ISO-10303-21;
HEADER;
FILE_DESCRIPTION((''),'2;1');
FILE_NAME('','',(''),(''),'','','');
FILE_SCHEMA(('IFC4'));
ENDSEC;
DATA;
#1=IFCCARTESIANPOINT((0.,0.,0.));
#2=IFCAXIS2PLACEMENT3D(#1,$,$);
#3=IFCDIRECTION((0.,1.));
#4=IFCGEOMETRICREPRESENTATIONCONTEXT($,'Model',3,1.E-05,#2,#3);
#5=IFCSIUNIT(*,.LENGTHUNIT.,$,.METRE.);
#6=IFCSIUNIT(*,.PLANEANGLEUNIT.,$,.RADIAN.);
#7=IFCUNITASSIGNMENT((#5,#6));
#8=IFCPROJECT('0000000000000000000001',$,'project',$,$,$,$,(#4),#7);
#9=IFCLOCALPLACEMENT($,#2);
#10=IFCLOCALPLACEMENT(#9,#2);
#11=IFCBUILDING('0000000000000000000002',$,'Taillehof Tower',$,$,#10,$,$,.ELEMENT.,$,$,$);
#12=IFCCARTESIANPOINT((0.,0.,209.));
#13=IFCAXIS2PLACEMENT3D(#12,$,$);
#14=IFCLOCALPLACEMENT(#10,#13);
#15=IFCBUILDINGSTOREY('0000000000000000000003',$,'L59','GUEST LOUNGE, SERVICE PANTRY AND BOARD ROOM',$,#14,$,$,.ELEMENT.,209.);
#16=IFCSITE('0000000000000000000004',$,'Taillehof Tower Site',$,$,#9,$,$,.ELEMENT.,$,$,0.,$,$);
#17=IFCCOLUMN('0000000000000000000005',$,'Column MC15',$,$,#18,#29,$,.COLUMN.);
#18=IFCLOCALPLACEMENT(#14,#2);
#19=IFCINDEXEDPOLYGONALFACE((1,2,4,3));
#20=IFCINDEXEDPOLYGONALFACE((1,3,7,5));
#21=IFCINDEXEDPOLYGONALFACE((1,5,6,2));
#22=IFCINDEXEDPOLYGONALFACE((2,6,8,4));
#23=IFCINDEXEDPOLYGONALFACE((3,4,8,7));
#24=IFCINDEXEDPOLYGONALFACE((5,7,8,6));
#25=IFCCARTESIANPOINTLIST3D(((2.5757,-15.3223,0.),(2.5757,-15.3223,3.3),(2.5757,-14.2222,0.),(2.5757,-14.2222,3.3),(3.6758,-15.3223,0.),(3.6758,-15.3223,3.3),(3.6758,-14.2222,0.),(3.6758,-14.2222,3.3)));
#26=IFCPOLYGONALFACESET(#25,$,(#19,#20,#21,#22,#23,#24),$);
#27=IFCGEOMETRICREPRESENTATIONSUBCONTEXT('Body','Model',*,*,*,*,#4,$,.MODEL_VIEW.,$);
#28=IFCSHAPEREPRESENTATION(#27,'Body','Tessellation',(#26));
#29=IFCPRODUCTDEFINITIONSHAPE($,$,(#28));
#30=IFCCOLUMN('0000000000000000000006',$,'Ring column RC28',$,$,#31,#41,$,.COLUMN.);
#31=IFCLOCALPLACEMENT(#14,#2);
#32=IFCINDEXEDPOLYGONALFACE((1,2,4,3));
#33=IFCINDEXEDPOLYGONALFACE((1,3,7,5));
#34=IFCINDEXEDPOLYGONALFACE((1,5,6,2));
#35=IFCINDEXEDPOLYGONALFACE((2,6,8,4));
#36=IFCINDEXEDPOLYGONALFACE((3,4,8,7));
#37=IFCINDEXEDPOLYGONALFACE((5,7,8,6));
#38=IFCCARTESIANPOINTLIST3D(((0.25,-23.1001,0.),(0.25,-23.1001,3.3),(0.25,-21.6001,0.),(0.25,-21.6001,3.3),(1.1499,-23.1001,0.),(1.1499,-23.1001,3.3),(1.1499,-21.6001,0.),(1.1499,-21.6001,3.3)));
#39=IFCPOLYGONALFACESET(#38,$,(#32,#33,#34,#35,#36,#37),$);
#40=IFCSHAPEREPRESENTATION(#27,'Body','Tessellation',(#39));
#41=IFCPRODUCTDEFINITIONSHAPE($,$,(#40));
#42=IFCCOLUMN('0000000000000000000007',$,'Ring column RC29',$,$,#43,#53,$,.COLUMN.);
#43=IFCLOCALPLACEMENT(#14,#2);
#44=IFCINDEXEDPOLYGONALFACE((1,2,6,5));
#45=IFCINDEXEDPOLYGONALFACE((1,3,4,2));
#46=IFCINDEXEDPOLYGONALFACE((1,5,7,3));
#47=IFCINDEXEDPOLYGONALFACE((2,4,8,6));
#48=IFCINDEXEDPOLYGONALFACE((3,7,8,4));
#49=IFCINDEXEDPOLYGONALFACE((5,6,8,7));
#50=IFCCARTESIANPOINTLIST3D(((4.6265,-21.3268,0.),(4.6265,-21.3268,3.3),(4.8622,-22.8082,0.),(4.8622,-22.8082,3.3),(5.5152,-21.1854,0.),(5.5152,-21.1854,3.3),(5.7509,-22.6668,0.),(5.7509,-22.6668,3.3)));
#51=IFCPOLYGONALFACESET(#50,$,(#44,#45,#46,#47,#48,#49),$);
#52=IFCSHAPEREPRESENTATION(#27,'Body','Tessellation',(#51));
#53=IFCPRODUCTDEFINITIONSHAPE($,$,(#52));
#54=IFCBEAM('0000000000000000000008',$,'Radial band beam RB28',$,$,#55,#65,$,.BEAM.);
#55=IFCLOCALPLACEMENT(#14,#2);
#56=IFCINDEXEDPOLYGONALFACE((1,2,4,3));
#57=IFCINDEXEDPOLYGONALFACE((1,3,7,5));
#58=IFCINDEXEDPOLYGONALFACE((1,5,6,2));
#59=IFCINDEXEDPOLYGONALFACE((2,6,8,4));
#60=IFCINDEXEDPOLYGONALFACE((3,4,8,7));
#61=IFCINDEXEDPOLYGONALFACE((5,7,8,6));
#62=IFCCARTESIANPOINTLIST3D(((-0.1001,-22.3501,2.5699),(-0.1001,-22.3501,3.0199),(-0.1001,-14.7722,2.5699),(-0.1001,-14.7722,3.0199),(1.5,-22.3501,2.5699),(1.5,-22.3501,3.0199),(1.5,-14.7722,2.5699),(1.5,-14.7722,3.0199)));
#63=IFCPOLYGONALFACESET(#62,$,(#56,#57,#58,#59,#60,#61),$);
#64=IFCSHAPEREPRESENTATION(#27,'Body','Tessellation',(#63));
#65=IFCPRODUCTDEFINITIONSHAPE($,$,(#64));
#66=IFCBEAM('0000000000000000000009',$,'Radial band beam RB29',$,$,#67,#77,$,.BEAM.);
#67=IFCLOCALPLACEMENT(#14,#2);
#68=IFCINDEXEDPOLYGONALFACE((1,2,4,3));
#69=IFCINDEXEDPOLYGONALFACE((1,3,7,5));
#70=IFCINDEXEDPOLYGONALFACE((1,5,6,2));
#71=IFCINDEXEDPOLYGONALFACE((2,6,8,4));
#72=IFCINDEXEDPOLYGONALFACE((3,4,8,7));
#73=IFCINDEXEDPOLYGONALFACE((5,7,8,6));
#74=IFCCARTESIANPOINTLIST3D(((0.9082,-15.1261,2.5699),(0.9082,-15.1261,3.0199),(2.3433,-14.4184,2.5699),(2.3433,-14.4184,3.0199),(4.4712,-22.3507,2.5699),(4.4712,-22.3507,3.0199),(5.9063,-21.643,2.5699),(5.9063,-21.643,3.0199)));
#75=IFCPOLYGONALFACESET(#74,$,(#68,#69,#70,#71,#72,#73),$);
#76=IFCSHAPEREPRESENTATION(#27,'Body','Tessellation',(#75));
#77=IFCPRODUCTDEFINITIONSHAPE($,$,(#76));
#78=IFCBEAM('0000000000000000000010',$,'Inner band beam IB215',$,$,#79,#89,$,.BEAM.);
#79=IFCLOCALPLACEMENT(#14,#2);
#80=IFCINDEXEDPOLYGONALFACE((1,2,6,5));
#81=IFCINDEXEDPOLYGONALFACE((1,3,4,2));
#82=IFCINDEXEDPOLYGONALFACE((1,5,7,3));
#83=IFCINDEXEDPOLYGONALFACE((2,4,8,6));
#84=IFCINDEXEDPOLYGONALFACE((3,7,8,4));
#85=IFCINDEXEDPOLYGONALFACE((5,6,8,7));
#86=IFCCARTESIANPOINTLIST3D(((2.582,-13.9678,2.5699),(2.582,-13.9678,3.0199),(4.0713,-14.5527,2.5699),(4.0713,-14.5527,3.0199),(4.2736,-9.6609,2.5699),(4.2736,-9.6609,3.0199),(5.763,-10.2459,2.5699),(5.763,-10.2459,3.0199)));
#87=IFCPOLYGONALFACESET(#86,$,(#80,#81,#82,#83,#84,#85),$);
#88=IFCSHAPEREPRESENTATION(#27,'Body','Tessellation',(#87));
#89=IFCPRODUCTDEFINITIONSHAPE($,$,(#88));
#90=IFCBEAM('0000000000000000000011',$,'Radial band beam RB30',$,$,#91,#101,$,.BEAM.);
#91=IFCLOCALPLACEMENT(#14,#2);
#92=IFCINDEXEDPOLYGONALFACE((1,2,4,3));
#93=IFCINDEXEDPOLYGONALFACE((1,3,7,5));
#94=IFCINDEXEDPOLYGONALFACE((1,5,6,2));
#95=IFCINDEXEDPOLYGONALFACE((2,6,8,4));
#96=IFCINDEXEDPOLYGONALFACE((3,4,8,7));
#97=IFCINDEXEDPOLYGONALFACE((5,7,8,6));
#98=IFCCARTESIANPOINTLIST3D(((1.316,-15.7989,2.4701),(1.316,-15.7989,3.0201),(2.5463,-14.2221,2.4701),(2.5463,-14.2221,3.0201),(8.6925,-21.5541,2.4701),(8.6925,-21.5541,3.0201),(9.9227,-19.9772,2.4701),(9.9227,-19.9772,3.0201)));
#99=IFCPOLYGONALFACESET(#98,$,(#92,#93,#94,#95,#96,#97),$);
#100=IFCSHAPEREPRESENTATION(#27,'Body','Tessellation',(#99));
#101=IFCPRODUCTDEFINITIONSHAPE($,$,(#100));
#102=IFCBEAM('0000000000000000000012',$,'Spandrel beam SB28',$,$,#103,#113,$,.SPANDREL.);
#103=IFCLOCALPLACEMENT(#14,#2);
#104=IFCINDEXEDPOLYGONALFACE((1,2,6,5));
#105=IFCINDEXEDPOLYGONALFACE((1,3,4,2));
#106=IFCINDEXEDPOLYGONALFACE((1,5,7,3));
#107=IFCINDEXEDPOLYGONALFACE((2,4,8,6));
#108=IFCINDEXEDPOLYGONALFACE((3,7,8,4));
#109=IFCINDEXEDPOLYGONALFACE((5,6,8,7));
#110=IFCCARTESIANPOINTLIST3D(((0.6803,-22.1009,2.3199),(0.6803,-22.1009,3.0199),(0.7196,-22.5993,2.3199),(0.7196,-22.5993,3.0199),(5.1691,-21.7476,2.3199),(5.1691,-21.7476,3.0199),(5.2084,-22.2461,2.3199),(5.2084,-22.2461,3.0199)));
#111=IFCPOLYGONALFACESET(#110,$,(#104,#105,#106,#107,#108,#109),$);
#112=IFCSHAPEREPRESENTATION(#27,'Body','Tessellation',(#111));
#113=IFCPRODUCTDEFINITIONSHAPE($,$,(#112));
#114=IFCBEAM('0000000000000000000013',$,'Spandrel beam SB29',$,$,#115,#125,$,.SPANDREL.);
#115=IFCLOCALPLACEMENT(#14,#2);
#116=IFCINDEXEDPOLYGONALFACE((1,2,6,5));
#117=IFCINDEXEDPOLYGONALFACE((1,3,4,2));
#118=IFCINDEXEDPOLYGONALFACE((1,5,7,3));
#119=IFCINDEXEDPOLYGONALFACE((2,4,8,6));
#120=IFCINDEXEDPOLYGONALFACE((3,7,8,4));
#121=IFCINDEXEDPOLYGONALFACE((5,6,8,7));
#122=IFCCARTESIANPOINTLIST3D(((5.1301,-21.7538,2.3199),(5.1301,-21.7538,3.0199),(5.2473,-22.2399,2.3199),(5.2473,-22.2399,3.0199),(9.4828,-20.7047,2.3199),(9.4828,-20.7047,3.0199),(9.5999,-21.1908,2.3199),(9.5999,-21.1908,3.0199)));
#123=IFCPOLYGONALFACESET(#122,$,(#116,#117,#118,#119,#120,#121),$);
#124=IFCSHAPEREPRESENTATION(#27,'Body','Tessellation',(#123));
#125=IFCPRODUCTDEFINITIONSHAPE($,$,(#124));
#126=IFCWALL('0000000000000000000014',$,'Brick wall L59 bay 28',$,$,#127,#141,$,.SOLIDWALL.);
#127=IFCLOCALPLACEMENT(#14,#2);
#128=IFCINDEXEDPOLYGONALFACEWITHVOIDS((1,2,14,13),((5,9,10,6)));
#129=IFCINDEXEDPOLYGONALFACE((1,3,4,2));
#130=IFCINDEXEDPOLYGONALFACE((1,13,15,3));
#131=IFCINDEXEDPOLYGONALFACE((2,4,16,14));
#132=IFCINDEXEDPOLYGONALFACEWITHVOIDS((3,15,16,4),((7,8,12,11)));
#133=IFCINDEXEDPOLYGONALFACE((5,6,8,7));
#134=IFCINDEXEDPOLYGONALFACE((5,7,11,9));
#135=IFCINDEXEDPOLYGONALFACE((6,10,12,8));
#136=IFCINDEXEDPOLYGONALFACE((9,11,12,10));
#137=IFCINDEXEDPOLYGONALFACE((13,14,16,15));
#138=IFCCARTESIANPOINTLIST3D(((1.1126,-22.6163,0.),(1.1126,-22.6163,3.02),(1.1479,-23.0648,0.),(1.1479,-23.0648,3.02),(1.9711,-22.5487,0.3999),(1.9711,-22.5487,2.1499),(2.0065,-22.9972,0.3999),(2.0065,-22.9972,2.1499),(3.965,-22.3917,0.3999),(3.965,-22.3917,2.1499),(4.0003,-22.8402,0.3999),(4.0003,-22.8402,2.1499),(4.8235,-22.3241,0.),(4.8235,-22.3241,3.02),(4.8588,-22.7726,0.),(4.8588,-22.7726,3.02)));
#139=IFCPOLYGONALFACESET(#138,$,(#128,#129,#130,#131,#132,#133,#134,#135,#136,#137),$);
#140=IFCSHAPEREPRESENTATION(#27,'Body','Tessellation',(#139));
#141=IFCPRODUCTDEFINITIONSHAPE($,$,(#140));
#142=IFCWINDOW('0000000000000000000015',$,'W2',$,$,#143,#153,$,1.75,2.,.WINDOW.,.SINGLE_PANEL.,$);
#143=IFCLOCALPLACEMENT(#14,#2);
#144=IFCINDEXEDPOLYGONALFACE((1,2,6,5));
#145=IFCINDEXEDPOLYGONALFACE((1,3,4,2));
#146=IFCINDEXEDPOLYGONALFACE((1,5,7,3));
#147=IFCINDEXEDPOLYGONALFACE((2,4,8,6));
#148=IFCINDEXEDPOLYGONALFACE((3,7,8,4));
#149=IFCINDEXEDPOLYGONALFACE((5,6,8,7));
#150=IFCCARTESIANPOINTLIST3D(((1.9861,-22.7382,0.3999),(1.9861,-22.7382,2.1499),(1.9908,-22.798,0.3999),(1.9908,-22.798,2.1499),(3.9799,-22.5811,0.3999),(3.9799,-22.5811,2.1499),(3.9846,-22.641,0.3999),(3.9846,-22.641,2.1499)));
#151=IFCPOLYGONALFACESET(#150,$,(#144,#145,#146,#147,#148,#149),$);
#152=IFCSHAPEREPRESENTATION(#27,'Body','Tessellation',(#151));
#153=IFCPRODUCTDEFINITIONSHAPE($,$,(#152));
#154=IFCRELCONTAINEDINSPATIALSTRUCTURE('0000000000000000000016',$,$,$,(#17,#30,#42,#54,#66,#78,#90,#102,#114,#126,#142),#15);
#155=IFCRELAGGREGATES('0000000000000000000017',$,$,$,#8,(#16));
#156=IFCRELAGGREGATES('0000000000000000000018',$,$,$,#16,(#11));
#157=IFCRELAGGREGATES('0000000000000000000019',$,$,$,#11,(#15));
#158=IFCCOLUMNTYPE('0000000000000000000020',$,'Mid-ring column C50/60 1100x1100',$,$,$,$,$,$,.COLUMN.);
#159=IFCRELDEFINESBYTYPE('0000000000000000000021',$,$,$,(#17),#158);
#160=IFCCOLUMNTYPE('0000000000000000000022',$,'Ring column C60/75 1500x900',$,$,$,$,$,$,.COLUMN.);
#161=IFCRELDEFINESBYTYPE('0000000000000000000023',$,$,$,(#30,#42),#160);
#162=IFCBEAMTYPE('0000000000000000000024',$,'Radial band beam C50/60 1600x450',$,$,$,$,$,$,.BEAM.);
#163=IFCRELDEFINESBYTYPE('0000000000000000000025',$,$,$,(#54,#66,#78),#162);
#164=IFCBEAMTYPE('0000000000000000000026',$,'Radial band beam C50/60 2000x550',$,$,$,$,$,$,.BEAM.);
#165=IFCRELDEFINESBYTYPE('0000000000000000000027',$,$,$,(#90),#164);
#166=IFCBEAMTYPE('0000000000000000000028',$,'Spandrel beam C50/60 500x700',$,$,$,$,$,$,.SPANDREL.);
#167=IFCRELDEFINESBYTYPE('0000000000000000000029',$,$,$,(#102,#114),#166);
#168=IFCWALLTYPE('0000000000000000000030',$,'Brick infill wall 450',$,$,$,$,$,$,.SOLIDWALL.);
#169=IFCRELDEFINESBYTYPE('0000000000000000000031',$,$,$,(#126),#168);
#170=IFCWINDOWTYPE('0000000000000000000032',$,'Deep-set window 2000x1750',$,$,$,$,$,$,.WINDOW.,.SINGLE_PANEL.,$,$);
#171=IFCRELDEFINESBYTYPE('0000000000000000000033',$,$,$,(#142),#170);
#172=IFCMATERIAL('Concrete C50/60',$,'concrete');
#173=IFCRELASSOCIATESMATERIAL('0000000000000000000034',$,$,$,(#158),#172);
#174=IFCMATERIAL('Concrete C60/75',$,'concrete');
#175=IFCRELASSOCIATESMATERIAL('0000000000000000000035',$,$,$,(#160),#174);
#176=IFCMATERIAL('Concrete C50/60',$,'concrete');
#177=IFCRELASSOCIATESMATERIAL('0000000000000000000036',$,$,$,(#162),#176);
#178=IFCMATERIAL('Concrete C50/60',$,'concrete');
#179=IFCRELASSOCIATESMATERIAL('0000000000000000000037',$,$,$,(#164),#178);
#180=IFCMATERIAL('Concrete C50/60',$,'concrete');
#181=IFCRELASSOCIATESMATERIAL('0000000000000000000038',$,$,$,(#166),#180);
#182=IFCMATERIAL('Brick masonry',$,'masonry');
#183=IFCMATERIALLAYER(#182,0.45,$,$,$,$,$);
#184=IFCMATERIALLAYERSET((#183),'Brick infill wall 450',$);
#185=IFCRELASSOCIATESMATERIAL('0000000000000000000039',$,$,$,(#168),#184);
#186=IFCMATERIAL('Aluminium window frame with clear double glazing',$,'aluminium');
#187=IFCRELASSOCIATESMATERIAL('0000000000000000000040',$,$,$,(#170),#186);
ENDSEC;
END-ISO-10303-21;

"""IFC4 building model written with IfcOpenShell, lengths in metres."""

from ifc_helpers import new_model, si_unit, direction, frame, frame_2d, origin, origin_2d, place, context, subcontext, project, spatial, rectangle, extrude, material, layer, layer_set, material_profile, profile_set, type_object, element, fill, save


model = new_model("IFC4")

# Units and contexts
model_context = context("Model", 3, precision=1e-05, world=origin(), true_north=direction((0.0, 1.0)))
body_context = subcontext(model_context, "Body", "Model", "MODEL_VIEW")
ifc_project = project(units=[si_unit("LENGTHUNIT", "METRE"), si_unit("PLANEANGLEUNIT", "RADIAN")], contexts=[model_context])

# Site, building, storey
site_placement = place(None, origin())
site = spatial("IfcSite", under=ifc_project, at=site_placement, Name="Taillehof Tower Site", CompositionType="ELEMENT", RefElevation=0.0)
building_placement = place(site_placement, origin())
building = spatial("IfcBuilding", under=site, at=building_placement, Name="Taillehof Tower", CompositionType="ELEMENT")
storey_placement = place(building_placement, frame((0.0, 0.0, 209.0)))
storey = spatial("IfcBuildingStorey", under=building, at=storey_placement, Name="L59", Description="GUEST LOUNGE, SERVICE PANTRY AND BOARD ROOM", CompositionType="ELEMENT", Elevation=209.0)

# Columns
ifc_material_1 = material(Name="Concrete C50/60", Category="concrete")
ifc_material_profile_1 = material_profile(ifc_material_1, rectangle(XDim=1.1001, YDim=1.1001, at=origin_2d()), Name="RC 1100x1100")
ifc_profile_set_1 = profile_set([ifc_material_profile_1], Name="Concrete C50/60")
column_type_1 = type_object("IfcColumnType", Name="Mid-ring column C50/60 1100x1100", PredefinedType="COLUMN", material=ifc_profile_set_1)
column_placement = place(storey_placement, frame((3.1257, -14.7722, 0.0), z_axis=(0.0, 0.0, 1.0), x_axis=(1.0, 0.0, 0.0)))
element("IfcColumn", 1, at=column_placement, inside=storey, type_object=column_type_1, Name="Column MC15", PredefinedType="COLUMN", context=body_context, shape_type="SweptSolid", body=[
    extrude(rectangle(XDim=1.1001, YDim=1.1001, at=origin_2d()), origin(), (0.0, 0.0, 1.0), 3.3),
])
ifc_material_2 = material(Name="Concrete C60/75", Category="concrete")
ifc_material_profile_2 = material_profile(ifc_material_2, rectangle(XDim=1.5, YDim=0.8999, at=origin_2d()), Name="RC 1500x900")
ifc_profile_set_2 = profile_set([ifc_material_profile_2], Name="Concrete C60/75")
column_type_2 = type_object("IfcColumnType", Name="Ring column C60/75 1500x900", PredefinedType="COLUMN", material=ifc_profile_set_2)
for number, where, z_axis, x_axis, name in (
    (2, (0.7, -22.3501, 0.0), (0.0, 0.0, 1.0), (0.0, -1.0, 0.0), "Ring column RC28"),
    (3, (5.1887, -21.9968, 0.0), (0.0, 0.0, 1.0), (0.157116, -0.98758, 0.0), "Ring column RC29"),
):
    element("IfcColumn", number, at=place(storey_placement, frame(where, z_axis=z_axis, x_axis=x_axis)), inside=storey, type_object=column_type_2, Name=name, PredefinedType="COLUMN", context=body_context, shape_type="SweptSolid", body=[
        extrude(rectangle(XDim=1.5, YDim=0.8999, at=origin_2d()), origin(), (0.0, 0.0, 1.0), 3.3),
    ])

# Beams
ifc_material_3 = material(Name="Concrete C50/60", Category="concrete")
ifc_material_profile_3 = material_profile(ifc_material_3, rectangle(XDim=1.6001, YDim=0.45, at=origin_2d()), Name="RC 1600x450")
ifc_profile_set_3 = profile_set([ifc_material_profile_3], Name="Concrete C50/60")
beam_type_1 = type_object("IfcBeamType", Name="Radial band beam C50/60 1600x450", PredefinedType="BEAM", material=ifc_profile_set_3)
beam_1_placement = place(storey_placement, frame((0.7, -22.3501, 2.7949), z_axis=(0.0, 1.0, 0.0), x_axis=(-1.0, 0.0, 0.0)))
element("IfcBeam", 4, at=beam_1_placement, inside=storey, type_object=beam_type_1, Name="Radial band beam RB28", PredefinedType="BEAM", context=body_context, shape_type="SweptSolid", body=[
    extrude(rectangle(XDim=1.6001, YDim=0.45, at=origin_2d()), origin(), (0.0, 0.0, 1.0), 7.5779),
])
beam_2_placement = place(storey_placement, frame((5.1887, -21.9968, 2.7949), z_axis=(-0.442309, 0.896863, 0.0), x_axis=(-0.896863, -0.442309, 0.0)))
element("IfcBeam", 5, at=beam_2_placement, inside=storey, type_object=beam_type_1, Name="Radial band beam RB29", PredefinedType="BEAM", context=body_context, shape_type="SweptSolid", body=[
    extrude(rectangle(XDim=1.6001, YDim=0.45, at=origin_2d()), origin(), (0.0, 0.0, 1.0), 8.0554),
])
beam_3_placement = place(storey_placement, frame((3.3267, -14.2603, 2.7949), z_axis=(0.365589, 0.930777, 0.0), x_axis=(-0.930777, 0.365589, 0.0)))
element("IfcBeam", 6, at=beam_3_placement, inside=storey, type_object=beam_type_1, Name="Inner band beam IB215", PredefinedType="BEAM", context=body_context, shape_type="SweptSolid", body=[
    extrude(rectangle(XDim=1.6001, YDim=0.45, at=origin_2d()), origin(), (0.0, 0.0, 1.0), 4.6272),
])
ifc_material_4 = material(Name="Concrete C50/60", Category="concrete")
ifc_material_profile_4 = material_profile(ifc_material_4, rectangle(XDim=2.0, YDim=0.55, at=origin_2d()), Name="RC 2000x550")
ifc_profile_set_4 = profile_set([ifc_material_profile_4], Name="Concrete C50/60")
beam_type_2 = type_object("IfcBeamType", Name="Radial band beam C50/60 2000x550", PredefinedType="BEAM", material=ifc_profile_set_4)
beam_4_placement = place(storey_placement, frame((9.3076, -20.7656, 2.7451), z_axis=(-0.788425, 0.61513, 0.0), x_axis=(-0.61513, -0.788425, 0.0)))
element("IfcBeam", 7, at=beam_4_placement, inside=storey, type_object=beam_type_2, Name="Radial band beam RB30", PredefinedType="BEAM", context=body_context, shape_type="SweptSolid", body=[
    extrude(rectangle(XDim=2.0, YDim=0.55, at=origin_2d()), origin(), (0.0, 0.0, 1.0), 9.356),
])
ifc_material_5 = material(Name="Concrete C50/60", Category="concrete")
ifc_material_profile_5 = material_profile(ifc_material_5, rectangle(XDim=0.5, YDim=0.7, at=origin_2d()), Name="RC 500x700")
ifc_profile_set_5 = profile_set([ifc_material_profile_5], Name="Concrete C50/60")
beam_type_3 = type_object("IfcBeamType", Name="Spandrel beam C50/60 500x700", PredefinedType="SPANDREL", material=ifc_profile_set_5)
beam_5_placement = place(storey_placement, frame((0.7, -22.3501, 2.6699), z_axis=(0.996917, 0.078459, 0.0), x_axis=(-0.078459, 0.996917, 0.0)))
element("IfcBeam", 8, at=beam_5_placement, inside=storey, type_object=beam_type_3, Name="Spandrel beam SB28", PredefinedType="SPANDREL", context=body_context, shape_type="SweptSolid", body=[
    extrude(rectangle(XDim=0.5, YDim=0.7, at=origin_2d()), origin(), (0.0, 0.0, 1.0), 4.5027),
])
beam_6_placement = place(storey_placement, frame((5.1887, -21.9968, 2.6699), z_axis=(0.972161, 0.234315, 0.0), x_axis=(-0.234315, 0.972161, 0.0)))
element("IfcBeam", 9, at=beam_6_placement, inside=storey, type_object=beam_type_3, Name="Spandrel beam SB29", PredefinedType="SPANDREL", context=body_context, shape_type="SweptSolid", body=[
    extrude(rectangle(XDim=0.5, YDim=0.7, at=origin_2d()), origin(), (0.0, 0.0, 1.0), 4.4773),
])

# Wall, opening, window
ifc_material_6 = material(Name="Brick masonry", Category="masonry")
ifc_layer_1 = layer(ifc_material_6, 0.45)
ifc_layer_set_1 = layer_set([ifc_layer_1], Name="Brick infill wall 450")
wall_type_1 = type_object("IfcWallType", Name="Brick infill wall 450", PredefinedType="SOLIDWALL", material=ifc_layer_set_1)
wall_1_placement = place(storey_placement, frame((1.1301, -22.8406, 0.0), z_axis=(0.0, 0.0, 1.0), x_axis=(0.996914, 0.078507, 0.0)))
wall_1 = element("IfcWall", 10, at=wall_1_placement, inside=storey, type_object=wall_type_1, Name="Brick wall L59 bay 28", PredefinedType="SOLIDWALL", context=body_context, shape_type="SweptSolid", body=[
    extrude(rectangle(XDim=3.7224, YDim=0.45, at=frame_2d((1.8613, 0.0))), origin(), (0.0, 0.0, 1.0), 3.02),
])
opening_1_placement = place(wall_1_placement, frame((0.8613, 0.0, 0.3999)))
opening_1 = element("IfcOpeningElement", 11, at=opening_1_placement, cuts=wall_1, PredefinedType="OPENING", context=body_context, shape_type="SweptSolid", body=[
    extrude(rectangle(XDim=2.0, YDim=1.75, at=frame_2d((1.0, 0.875))), frame((0.0, 0.2349, 0.0), z_axis=(0.0, -1.0, 0.0), x_axis=(1.0, 0.0, 0.0)), (0.0, 0.0, 1.0), 0.47),
])
ifc_material_7 = material(Name="Aluminium window frame with clear double glazing", Category="aluminium")
window_type = type_object("IfcWindowType", Name="Deep-set window 2000x1750", PartitioningType="SINGLE_PANEL", PredefinedType="WINDOW", material=ifc_material_7)
window_1_placement = place(opening_1_placement, origin())
window_1 = element("IfcWindow", 12, at=window_1_placement, inside=storey, type_object=window_type, Name="W2", OverallHeight=1.75, OverallWidth=2.0, PartitioningType="SINGLE_PANEL", PredefinedType="WINDOW", context=body_context, shape_type="SweptSolid", body=[
    extrude(rectangle(XDim=2.0, YDim=1.75, at=frame_2d((1.0, 0.875))), frame((0.0, 0.0349, 0.0), z_axis=(0.0, -1.0, 0.0), x_axis=(1.0, 0.0, 0.0)), (0.0, 0.0, 1.0), 0.0601),
])
fill(opening_1, window_1)

save(model, "model.ifc")
